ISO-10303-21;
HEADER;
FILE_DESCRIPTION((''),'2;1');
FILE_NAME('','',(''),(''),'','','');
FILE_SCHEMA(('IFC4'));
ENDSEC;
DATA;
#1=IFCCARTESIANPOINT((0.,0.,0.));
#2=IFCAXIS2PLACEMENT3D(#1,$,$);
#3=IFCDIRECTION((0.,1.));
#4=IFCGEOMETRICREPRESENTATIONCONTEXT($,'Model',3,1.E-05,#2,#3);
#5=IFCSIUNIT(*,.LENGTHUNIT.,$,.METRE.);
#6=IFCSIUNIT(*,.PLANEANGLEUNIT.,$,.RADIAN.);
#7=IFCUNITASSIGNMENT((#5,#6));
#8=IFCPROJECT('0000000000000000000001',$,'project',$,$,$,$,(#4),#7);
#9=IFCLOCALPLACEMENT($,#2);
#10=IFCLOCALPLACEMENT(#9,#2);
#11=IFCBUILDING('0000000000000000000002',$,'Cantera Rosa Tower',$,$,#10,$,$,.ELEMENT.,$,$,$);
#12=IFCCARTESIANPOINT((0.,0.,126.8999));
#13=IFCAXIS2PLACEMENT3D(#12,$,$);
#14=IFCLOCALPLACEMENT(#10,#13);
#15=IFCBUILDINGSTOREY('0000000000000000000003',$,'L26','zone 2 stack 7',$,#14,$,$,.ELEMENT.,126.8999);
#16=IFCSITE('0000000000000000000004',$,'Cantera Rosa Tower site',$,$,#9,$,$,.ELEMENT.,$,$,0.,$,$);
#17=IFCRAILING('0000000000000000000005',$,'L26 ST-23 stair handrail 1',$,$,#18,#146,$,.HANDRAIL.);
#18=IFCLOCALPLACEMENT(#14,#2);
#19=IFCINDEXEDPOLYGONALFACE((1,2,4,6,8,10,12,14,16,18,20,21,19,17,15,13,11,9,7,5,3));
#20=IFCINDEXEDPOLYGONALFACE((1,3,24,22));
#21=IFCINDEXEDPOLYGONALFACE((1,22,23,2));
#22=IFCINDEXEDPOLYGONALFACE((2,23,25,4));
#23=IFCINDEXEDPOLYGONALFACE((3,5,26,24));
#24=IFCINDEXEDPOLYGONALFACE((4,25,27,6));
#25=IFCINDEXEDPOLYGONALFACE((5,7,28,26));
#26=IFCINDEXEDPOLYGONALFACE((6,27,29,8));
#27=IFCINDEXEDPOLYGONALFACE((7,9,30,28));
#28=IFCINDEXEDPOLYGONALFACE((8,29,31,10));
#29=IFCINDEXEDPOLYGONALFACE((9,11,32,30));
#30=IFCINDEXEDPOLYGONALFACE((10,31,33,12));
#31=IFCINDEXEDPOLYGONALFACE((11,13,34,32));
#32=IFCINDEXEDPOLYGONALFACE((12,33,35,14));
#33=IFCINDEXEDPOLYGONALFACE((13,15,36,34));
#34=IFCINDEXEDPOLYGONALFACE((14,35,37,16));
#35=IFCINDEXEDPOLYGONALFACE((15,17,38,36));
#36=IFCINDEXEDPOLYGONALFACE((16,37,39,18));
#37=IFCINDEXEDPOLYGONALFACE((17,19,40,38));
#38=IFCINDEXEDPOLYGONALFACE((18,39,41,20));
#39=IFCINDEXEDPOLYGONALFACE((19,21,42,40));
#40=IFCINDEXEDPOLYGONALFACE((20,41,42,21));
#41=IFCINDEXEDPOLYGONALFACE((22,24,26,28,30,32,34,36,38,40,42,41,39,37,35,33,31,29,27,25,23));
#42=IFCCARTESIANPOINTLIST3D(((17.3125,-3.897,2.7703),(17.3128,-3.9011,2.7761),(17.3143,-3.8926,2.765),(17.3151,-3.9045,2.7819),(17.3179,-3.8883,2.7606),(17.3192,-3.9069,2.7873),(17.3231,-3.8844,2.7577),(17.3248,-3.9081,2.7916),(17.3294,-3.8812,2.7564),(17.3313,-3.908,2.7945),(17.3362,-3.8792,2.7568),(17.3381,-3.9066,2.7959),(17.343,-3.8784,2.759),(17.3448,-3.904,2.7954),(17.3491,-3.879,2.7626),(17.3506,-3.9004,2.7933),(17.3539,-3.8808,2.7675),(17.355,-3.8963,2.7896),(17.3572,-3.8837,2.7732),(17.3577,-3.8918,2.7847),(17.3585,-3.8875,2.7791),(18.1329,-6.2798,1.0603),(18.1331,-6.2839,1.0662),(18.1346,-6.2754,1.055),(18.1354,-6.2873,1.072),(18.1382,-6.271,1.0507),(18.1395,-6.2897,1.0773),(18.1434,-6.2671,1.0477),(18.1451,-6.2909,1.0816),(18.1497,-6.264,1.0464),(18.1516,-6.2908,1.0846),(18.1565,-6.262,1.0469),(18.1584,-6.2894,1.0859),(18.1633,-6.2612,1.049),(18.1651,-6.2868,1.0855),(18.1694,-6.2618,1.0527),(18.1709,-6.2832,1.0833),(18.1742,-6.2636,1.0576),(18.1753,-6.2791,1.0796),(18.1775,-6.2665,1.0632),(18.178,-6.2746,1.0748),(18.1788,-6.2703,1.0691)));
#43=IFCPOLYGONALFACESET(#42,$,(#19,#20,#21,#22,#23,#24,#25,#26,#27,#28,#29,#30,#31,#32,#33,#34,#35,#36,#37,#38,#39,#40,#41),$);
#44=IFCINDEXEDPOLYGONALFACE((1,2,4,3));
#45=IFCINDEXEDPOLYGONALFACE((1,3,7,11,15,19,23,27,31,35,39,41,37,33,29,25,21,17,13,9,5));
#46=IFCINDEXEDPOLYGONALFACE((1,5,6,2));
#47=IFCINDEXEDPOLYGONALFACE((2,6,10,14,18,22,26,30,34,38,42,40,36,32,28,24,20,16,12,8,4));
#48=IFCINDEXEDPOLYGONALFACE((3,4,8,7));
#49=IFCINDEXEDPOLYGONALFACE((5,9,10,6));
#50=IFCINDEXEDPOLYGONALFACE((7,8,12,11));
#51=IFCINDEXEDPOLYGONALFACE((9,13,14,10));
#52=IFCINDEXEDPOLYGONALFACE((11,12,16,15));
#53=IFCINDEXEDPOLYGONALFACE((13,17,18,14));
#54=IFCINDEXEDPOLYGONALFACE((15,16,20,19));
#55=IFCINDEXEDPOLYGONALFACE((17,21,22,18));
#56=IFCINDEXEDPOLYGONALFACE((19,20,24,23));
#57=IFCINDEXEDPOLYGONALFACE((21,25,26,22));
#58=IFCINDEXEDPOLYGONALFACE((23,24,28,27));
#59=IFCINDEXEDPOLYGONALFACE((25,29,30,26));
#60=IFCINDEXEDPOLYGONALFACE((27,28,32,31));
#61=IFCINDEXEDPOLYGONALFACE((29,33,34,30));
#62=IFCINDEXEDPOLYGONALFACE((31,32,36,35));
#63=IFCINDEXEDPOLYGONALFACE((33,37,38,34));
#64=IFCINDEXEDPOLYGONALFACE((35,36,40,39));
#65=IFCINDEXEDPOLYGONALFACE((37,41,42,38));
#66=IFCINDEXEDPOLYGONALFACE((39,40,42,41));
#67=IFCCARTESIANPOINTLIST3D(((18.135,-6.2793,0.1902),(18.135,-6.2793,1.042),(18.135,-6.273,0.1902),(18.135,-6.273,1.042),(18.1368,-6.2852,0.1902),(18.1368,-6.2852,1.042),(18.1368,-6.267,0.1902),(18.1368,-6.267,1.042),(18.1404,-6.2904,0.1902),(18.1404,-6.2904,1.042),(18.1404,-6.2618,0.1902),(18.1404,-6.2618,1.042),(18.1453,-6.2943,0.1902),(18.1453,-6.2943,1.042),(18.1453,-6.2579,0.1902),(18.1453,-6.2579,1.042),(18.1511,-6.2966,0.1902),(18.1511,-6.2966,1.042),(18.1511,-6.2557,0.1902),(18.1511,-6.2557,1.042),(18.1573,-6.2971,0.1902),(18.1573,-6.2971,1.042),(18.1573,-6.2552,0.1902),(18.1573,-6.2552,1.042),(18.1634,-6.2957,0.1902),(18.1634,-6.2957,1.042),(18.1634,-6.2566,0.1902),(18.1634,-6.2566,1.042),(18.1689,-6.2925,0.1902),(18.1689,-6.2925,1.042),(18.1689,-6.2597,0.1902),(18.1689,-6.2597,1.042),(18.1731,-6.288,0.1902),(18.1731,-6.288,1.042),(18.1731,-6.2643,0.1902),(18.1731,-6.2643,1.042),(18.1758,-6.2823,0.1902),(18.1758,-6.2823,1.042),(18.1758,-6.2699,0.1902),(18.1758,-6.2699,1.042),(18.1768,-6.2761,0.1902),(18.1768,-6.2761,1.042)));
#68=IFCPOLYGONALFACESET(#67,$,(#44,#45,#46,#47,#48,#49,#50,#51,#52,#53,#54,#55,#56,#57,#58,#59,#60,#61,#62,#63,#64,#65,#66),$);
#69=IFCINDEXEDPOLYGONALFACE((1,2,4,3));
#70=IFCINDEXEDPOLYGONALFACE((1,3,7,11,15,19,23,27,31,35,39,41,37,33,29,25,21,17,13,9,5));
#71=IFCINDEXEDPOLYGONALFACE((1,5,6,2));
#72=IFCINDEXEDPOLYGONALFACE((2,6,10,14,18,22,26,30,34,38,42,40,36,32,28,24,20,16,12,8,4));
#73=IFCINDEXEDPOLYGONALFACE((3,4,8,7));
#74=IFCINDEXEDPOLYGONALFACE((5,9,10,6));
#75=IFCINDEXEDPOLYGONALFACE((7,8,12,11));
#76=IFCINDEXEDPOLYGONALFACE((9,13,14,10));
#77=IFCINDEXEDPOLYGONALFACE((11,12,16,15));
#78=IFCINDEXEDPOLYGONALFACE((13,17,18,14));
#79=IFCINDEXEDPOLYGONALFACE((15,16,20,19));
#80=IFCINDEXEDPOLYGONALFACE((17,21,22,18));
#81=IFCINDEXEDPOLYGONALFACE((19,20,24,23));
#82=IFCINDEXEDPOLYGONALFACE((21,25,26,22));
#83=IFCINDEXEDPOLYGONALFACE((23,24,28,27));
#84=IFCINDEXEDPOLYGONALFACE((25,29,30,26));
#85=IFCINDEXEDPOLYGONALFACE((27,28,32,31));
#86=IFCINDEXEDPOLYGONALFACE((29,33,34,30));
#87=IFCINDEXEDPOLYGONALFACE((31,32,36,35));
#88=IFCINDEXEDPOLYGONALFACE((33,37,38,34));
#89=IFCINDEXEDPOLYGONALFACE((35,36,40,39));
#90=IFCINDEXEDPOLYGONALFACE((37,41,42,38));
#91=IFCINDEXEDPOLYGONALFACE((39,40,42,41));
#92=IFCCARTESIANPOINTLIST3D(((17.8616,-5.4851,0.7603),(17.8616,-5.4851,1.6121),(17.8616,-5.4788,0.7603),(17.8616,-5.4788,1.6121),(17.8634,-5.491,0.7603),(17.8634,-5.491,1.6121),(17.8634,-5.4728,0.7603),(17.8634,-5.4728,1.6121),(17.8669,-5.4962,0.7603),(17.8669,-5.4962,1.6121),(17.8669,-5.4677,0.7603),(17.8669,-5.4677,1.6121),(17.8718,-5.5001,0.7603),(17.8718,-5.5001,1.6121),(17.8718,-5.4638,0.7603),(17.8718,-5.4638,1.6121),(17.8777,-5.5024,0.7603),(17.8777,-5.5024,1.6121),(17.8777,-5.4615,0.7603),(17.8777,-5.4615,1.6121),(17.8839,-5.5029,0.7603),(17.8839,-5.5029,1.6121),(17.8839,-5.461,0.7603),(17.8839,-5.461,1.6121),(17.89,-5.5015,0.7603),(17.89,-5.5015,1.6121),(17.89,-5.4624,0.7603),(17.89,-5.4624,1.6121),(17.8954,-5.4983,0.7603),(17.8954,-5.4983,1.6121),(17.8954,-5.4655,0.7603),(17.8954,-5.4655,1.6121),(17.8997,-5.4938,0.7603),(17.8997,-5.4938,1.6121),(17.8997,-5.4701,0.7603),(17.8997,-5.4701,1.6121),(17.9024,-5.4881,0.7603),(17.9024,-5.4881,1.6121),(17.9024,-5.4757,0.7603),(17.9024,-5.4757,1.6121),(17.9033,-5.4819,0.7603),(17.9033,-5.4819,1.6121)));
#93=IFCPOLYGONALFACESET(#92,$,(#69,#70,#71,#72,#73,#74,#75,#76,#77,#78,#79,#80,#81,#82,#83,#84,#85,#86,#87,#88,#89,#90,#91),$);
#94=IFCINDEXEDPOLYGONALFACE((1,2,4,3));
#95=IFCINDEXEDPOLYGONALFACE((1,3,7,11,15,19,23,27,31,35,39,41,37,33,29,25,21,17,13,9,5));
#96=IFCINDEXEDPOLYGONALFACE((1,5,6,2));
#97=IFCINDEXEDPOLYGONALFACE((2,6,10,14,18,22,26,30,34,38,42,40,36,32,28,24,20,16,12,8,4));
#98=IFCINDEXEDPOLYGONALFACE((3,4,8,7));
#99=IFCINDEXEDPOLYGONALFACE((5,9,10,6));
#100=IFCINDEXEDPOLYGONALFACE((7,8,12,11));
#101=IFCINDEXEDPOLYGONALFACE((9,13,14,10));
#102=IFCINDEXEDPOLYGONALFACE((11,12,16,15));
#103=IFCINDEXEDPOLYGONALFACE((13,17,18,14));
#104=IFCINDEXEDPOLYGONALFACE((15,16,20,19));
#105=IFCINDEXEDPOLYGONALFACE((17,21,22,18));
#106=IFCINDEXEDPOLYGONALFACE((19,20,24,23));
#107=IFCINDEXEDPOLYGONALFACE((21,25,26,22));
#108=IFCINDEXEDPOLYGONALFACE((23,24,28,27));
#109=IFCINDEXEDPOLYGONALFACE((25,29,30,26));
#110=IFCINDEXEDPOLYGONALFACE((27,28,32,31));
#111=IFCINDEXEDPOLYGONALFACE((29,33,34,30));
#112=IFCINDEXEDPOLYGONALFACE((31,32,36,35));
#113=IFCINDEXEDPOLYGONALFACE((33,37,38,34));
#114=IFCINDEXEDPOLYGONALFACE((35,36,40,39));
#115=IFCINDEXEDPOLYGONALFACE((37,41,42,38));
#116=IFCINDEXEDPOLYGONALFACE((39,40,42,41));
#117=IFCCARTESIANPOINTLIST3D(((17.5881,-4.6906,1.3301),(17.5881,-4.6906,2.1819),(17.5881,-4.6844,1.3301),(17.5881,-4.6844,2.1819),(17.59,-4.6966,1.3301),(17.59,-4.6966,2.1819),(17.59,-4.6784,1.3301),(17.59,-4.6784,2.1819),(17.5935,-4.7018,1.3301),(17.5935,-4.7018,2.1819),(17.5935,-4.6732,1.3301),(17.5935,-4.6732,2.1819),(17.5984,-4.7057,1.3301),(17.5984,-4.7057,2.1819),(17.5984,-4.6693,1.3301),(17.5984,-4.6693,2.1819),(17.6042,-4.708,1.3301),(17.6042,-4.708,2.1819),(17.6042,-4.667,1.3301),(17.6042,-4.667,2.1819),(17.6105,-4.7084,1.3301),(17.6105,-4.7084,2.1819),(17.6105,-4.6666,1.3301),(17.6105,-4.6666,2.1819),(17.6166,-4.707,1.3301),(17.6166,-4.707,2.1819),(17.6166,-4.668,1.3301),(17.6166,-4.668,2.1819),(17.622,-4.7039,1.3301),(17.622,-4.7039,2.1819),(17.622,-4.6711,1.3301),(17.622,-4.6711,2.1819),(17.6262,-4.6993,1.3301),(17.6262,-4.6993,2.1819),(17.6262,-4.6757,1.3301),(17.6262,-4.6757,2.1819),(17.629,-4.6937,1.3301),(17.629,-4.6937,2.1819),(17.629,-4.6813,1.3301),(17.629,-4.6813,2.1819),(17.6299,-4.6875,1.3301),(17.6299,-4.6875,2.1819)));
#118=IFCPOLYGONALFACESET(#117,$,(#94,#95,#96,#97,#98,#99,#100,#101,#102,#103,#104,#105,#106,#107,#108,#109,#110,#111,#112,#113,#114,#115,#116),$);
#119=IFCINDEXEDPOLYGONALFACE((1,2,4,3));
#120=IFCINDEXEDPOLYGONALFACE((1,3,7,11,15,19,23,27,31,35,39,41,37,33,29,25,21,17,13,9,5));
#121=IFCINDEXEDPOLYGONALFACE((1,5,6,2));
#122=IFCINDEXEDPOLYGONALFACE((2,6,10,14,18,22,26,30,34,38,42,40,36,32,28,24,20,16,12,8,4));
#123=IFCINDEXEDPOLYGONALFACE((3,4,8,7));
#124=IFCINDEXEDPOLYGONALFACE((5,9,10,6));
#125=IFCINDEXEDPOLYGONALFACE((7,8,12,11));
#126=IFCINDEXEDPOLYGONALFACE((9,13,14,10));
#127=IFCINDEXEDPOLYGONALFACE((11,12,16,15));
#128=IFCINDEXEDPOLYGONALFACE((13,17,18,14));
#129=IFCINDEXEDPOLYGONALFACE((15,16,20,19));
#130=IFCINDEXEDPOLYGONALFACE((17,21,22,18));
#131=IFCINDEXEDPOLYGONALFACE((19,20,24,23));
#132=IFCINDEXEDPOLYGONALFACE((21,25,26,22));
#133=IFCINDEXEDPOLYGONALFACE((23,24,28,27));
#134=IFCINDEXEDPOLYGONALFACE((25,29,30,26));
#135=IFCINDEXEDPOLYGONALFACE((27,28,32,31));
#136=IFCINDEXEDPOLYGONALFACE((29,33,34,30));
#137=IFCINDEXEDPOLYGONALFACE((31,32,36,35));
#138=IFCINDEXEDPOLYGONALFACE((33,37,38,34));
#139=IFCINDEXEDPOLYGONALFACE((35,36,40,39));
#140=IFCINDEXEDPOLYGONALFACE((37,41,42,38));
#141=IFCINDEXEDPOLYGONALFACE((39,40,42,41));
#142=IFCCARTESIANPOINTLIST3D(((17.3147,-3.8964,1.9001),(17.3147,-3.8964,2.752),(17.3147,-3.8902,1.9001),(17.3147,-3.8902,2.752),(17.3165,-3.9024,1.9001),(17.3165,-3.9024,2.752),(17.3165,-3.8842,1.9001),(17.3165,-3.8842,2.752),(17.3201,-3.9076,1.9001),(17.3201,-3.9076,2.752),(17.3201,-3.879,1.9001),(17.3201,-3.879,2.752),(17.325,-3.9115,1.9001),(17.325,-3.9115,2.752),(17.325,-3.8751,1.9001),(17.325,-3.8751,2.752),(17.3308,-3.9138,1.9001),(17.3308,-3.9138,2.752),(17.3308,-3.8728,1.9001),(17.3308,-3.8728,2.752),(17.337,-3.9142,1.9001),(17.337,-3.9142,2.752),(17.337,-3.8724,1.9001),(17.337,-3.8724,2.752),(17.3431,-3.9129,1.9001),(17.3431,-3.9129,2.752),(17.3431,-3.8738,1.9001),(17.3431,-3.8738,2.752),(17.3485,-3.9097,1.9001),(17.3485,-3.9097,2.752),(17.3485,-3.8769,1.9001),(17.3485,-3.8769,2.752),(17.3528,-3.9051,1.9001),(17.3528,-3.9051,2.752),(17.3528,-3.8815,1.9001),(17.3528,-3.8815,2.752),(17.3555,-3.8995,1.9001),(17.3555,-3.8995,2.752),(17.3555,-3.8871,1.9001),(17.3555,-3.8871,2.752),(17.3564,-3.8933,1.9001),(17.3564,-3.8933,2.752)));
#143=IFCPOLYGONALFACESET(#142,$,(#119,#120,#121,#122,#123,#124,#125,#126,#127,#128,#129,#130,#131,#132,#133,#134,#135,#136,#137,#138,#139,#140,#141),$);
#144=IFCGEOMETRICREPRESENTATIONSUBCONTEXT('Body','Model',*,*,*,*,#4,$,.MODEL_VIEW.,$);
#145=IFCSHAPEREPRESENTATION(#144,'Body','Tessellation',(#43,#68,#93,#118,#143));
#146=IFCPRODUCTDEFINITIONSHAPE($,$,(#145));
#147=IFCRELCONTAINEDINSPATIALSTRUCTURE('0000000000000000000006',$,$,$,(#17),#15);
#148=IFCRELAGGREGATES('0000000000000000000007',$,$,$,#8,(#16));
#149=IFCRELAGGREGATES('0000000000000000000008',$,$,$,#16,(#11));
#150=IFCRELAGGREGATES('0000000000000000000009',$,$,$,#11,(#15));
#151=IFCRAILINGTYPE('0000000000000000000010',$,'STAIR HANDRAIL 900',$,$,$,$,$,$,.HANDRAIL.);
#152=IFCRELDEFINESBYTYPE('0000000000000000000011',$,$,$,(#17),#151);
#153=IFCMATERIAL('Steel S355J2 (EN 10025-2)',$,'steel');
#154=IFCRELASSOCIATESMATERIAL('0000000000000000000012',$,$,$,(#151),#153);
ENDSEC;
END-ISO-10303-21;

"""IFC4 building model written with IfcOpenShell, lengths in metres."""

from ifc_helpers import new_model, si_unit, direction, frame, origin, origin_2d, place, context, subcontext, project, spatial, circle, extrude, material, type_object, element, save


model = new_model("IFC4")

# Units and contexts
model_context = context("Model", 3, precision=1e-05, world=origin(), true_north=direction((0.0, 1.0)))
body_context = subcontext(model_context, "Body", "Model", "MODEL_VIEW")
ifc_project = project(units=[si_unit("LENGTHUNIT", "METRE"), si_unit("PLANEANGLEUNIT", "RADIAN")], contexts=[model_context])

# Site, building, storey
site_placement = place(None, origin())
site = spatial("IfcSite", under=ifc_project, at=site_placement, Name="Cantera Rosa Tower site", CompositionType="ELEMENT", RefElevation=0.0)
building_placement = place(site_placement, origin())
building = spatial("IfcBuilding", under=site, at=building_placement, Name="Cantera Rosa Tower", CompositionType="ELEMENT")
storey_placement = place(building_placement, frame((0.0, 0.0, 126.8999)))
storey = spatial("IfcBuildingStorey", under=building, at=storey_placement, Name="L26", Description="zone 2 stack 7", CompositionType="ELEMENT", Elevation=126.8999)

# Railing
ifc_material_1 = material(Name="Steel S355J2 (EN 10025-2)", Category="steel")
railing_type_1 = type_object("IfcRailingType", Name="STAIR HANDRAIL 900", PredefinedType="HANDRAIL", material=ifc_material_1)
railing_1_placement = place(storey_placement, frame((18.1558, -6.2761, 0.1902)))
element("IfcRailing", 1, at=railing_1_placement, inside=storey, type_object=railing_type_1, Name="L26 ST-23 stair handrail 1", PredefinedType="HANDRAIL", context=body_context, shape_type="SweptSolid", body=[
    extrude(circle(Radius=0.0239, at=origin_2d()), frame((0.0, 0.0, 0.876), z_axis=(-0.269358, 0.782421, 0.561483), x_axis=(-0.945538, -0.325513, 0.0)), (0.0, 0.0, 1.0), 3.0454),
    extrude(circle(Radius=0.021, at=origin_2d()), origin(), (0.0, 0.0, 1.0), 0.8518),
    extrude(circle(Radius=0.021, at=origin_2d()), frame((-0.2734, 0.7942, 0.5701)), (0.0, 0.0, 1.0), 0.8518),
    extrude(circle(Radius=0.021, at=origin_2d()), frame((-0.5469, 1.5886, 1.1399)), (0.0, 0.0, 1.0), 0.8518),
    extrude(circle(Radius=0.021, at=origin_2d()), frame((-0.8203, 2.3828, 1.71)), (0.0, 0.0, 1.0), 0.8518),
])

save(model, "model.ifc")
